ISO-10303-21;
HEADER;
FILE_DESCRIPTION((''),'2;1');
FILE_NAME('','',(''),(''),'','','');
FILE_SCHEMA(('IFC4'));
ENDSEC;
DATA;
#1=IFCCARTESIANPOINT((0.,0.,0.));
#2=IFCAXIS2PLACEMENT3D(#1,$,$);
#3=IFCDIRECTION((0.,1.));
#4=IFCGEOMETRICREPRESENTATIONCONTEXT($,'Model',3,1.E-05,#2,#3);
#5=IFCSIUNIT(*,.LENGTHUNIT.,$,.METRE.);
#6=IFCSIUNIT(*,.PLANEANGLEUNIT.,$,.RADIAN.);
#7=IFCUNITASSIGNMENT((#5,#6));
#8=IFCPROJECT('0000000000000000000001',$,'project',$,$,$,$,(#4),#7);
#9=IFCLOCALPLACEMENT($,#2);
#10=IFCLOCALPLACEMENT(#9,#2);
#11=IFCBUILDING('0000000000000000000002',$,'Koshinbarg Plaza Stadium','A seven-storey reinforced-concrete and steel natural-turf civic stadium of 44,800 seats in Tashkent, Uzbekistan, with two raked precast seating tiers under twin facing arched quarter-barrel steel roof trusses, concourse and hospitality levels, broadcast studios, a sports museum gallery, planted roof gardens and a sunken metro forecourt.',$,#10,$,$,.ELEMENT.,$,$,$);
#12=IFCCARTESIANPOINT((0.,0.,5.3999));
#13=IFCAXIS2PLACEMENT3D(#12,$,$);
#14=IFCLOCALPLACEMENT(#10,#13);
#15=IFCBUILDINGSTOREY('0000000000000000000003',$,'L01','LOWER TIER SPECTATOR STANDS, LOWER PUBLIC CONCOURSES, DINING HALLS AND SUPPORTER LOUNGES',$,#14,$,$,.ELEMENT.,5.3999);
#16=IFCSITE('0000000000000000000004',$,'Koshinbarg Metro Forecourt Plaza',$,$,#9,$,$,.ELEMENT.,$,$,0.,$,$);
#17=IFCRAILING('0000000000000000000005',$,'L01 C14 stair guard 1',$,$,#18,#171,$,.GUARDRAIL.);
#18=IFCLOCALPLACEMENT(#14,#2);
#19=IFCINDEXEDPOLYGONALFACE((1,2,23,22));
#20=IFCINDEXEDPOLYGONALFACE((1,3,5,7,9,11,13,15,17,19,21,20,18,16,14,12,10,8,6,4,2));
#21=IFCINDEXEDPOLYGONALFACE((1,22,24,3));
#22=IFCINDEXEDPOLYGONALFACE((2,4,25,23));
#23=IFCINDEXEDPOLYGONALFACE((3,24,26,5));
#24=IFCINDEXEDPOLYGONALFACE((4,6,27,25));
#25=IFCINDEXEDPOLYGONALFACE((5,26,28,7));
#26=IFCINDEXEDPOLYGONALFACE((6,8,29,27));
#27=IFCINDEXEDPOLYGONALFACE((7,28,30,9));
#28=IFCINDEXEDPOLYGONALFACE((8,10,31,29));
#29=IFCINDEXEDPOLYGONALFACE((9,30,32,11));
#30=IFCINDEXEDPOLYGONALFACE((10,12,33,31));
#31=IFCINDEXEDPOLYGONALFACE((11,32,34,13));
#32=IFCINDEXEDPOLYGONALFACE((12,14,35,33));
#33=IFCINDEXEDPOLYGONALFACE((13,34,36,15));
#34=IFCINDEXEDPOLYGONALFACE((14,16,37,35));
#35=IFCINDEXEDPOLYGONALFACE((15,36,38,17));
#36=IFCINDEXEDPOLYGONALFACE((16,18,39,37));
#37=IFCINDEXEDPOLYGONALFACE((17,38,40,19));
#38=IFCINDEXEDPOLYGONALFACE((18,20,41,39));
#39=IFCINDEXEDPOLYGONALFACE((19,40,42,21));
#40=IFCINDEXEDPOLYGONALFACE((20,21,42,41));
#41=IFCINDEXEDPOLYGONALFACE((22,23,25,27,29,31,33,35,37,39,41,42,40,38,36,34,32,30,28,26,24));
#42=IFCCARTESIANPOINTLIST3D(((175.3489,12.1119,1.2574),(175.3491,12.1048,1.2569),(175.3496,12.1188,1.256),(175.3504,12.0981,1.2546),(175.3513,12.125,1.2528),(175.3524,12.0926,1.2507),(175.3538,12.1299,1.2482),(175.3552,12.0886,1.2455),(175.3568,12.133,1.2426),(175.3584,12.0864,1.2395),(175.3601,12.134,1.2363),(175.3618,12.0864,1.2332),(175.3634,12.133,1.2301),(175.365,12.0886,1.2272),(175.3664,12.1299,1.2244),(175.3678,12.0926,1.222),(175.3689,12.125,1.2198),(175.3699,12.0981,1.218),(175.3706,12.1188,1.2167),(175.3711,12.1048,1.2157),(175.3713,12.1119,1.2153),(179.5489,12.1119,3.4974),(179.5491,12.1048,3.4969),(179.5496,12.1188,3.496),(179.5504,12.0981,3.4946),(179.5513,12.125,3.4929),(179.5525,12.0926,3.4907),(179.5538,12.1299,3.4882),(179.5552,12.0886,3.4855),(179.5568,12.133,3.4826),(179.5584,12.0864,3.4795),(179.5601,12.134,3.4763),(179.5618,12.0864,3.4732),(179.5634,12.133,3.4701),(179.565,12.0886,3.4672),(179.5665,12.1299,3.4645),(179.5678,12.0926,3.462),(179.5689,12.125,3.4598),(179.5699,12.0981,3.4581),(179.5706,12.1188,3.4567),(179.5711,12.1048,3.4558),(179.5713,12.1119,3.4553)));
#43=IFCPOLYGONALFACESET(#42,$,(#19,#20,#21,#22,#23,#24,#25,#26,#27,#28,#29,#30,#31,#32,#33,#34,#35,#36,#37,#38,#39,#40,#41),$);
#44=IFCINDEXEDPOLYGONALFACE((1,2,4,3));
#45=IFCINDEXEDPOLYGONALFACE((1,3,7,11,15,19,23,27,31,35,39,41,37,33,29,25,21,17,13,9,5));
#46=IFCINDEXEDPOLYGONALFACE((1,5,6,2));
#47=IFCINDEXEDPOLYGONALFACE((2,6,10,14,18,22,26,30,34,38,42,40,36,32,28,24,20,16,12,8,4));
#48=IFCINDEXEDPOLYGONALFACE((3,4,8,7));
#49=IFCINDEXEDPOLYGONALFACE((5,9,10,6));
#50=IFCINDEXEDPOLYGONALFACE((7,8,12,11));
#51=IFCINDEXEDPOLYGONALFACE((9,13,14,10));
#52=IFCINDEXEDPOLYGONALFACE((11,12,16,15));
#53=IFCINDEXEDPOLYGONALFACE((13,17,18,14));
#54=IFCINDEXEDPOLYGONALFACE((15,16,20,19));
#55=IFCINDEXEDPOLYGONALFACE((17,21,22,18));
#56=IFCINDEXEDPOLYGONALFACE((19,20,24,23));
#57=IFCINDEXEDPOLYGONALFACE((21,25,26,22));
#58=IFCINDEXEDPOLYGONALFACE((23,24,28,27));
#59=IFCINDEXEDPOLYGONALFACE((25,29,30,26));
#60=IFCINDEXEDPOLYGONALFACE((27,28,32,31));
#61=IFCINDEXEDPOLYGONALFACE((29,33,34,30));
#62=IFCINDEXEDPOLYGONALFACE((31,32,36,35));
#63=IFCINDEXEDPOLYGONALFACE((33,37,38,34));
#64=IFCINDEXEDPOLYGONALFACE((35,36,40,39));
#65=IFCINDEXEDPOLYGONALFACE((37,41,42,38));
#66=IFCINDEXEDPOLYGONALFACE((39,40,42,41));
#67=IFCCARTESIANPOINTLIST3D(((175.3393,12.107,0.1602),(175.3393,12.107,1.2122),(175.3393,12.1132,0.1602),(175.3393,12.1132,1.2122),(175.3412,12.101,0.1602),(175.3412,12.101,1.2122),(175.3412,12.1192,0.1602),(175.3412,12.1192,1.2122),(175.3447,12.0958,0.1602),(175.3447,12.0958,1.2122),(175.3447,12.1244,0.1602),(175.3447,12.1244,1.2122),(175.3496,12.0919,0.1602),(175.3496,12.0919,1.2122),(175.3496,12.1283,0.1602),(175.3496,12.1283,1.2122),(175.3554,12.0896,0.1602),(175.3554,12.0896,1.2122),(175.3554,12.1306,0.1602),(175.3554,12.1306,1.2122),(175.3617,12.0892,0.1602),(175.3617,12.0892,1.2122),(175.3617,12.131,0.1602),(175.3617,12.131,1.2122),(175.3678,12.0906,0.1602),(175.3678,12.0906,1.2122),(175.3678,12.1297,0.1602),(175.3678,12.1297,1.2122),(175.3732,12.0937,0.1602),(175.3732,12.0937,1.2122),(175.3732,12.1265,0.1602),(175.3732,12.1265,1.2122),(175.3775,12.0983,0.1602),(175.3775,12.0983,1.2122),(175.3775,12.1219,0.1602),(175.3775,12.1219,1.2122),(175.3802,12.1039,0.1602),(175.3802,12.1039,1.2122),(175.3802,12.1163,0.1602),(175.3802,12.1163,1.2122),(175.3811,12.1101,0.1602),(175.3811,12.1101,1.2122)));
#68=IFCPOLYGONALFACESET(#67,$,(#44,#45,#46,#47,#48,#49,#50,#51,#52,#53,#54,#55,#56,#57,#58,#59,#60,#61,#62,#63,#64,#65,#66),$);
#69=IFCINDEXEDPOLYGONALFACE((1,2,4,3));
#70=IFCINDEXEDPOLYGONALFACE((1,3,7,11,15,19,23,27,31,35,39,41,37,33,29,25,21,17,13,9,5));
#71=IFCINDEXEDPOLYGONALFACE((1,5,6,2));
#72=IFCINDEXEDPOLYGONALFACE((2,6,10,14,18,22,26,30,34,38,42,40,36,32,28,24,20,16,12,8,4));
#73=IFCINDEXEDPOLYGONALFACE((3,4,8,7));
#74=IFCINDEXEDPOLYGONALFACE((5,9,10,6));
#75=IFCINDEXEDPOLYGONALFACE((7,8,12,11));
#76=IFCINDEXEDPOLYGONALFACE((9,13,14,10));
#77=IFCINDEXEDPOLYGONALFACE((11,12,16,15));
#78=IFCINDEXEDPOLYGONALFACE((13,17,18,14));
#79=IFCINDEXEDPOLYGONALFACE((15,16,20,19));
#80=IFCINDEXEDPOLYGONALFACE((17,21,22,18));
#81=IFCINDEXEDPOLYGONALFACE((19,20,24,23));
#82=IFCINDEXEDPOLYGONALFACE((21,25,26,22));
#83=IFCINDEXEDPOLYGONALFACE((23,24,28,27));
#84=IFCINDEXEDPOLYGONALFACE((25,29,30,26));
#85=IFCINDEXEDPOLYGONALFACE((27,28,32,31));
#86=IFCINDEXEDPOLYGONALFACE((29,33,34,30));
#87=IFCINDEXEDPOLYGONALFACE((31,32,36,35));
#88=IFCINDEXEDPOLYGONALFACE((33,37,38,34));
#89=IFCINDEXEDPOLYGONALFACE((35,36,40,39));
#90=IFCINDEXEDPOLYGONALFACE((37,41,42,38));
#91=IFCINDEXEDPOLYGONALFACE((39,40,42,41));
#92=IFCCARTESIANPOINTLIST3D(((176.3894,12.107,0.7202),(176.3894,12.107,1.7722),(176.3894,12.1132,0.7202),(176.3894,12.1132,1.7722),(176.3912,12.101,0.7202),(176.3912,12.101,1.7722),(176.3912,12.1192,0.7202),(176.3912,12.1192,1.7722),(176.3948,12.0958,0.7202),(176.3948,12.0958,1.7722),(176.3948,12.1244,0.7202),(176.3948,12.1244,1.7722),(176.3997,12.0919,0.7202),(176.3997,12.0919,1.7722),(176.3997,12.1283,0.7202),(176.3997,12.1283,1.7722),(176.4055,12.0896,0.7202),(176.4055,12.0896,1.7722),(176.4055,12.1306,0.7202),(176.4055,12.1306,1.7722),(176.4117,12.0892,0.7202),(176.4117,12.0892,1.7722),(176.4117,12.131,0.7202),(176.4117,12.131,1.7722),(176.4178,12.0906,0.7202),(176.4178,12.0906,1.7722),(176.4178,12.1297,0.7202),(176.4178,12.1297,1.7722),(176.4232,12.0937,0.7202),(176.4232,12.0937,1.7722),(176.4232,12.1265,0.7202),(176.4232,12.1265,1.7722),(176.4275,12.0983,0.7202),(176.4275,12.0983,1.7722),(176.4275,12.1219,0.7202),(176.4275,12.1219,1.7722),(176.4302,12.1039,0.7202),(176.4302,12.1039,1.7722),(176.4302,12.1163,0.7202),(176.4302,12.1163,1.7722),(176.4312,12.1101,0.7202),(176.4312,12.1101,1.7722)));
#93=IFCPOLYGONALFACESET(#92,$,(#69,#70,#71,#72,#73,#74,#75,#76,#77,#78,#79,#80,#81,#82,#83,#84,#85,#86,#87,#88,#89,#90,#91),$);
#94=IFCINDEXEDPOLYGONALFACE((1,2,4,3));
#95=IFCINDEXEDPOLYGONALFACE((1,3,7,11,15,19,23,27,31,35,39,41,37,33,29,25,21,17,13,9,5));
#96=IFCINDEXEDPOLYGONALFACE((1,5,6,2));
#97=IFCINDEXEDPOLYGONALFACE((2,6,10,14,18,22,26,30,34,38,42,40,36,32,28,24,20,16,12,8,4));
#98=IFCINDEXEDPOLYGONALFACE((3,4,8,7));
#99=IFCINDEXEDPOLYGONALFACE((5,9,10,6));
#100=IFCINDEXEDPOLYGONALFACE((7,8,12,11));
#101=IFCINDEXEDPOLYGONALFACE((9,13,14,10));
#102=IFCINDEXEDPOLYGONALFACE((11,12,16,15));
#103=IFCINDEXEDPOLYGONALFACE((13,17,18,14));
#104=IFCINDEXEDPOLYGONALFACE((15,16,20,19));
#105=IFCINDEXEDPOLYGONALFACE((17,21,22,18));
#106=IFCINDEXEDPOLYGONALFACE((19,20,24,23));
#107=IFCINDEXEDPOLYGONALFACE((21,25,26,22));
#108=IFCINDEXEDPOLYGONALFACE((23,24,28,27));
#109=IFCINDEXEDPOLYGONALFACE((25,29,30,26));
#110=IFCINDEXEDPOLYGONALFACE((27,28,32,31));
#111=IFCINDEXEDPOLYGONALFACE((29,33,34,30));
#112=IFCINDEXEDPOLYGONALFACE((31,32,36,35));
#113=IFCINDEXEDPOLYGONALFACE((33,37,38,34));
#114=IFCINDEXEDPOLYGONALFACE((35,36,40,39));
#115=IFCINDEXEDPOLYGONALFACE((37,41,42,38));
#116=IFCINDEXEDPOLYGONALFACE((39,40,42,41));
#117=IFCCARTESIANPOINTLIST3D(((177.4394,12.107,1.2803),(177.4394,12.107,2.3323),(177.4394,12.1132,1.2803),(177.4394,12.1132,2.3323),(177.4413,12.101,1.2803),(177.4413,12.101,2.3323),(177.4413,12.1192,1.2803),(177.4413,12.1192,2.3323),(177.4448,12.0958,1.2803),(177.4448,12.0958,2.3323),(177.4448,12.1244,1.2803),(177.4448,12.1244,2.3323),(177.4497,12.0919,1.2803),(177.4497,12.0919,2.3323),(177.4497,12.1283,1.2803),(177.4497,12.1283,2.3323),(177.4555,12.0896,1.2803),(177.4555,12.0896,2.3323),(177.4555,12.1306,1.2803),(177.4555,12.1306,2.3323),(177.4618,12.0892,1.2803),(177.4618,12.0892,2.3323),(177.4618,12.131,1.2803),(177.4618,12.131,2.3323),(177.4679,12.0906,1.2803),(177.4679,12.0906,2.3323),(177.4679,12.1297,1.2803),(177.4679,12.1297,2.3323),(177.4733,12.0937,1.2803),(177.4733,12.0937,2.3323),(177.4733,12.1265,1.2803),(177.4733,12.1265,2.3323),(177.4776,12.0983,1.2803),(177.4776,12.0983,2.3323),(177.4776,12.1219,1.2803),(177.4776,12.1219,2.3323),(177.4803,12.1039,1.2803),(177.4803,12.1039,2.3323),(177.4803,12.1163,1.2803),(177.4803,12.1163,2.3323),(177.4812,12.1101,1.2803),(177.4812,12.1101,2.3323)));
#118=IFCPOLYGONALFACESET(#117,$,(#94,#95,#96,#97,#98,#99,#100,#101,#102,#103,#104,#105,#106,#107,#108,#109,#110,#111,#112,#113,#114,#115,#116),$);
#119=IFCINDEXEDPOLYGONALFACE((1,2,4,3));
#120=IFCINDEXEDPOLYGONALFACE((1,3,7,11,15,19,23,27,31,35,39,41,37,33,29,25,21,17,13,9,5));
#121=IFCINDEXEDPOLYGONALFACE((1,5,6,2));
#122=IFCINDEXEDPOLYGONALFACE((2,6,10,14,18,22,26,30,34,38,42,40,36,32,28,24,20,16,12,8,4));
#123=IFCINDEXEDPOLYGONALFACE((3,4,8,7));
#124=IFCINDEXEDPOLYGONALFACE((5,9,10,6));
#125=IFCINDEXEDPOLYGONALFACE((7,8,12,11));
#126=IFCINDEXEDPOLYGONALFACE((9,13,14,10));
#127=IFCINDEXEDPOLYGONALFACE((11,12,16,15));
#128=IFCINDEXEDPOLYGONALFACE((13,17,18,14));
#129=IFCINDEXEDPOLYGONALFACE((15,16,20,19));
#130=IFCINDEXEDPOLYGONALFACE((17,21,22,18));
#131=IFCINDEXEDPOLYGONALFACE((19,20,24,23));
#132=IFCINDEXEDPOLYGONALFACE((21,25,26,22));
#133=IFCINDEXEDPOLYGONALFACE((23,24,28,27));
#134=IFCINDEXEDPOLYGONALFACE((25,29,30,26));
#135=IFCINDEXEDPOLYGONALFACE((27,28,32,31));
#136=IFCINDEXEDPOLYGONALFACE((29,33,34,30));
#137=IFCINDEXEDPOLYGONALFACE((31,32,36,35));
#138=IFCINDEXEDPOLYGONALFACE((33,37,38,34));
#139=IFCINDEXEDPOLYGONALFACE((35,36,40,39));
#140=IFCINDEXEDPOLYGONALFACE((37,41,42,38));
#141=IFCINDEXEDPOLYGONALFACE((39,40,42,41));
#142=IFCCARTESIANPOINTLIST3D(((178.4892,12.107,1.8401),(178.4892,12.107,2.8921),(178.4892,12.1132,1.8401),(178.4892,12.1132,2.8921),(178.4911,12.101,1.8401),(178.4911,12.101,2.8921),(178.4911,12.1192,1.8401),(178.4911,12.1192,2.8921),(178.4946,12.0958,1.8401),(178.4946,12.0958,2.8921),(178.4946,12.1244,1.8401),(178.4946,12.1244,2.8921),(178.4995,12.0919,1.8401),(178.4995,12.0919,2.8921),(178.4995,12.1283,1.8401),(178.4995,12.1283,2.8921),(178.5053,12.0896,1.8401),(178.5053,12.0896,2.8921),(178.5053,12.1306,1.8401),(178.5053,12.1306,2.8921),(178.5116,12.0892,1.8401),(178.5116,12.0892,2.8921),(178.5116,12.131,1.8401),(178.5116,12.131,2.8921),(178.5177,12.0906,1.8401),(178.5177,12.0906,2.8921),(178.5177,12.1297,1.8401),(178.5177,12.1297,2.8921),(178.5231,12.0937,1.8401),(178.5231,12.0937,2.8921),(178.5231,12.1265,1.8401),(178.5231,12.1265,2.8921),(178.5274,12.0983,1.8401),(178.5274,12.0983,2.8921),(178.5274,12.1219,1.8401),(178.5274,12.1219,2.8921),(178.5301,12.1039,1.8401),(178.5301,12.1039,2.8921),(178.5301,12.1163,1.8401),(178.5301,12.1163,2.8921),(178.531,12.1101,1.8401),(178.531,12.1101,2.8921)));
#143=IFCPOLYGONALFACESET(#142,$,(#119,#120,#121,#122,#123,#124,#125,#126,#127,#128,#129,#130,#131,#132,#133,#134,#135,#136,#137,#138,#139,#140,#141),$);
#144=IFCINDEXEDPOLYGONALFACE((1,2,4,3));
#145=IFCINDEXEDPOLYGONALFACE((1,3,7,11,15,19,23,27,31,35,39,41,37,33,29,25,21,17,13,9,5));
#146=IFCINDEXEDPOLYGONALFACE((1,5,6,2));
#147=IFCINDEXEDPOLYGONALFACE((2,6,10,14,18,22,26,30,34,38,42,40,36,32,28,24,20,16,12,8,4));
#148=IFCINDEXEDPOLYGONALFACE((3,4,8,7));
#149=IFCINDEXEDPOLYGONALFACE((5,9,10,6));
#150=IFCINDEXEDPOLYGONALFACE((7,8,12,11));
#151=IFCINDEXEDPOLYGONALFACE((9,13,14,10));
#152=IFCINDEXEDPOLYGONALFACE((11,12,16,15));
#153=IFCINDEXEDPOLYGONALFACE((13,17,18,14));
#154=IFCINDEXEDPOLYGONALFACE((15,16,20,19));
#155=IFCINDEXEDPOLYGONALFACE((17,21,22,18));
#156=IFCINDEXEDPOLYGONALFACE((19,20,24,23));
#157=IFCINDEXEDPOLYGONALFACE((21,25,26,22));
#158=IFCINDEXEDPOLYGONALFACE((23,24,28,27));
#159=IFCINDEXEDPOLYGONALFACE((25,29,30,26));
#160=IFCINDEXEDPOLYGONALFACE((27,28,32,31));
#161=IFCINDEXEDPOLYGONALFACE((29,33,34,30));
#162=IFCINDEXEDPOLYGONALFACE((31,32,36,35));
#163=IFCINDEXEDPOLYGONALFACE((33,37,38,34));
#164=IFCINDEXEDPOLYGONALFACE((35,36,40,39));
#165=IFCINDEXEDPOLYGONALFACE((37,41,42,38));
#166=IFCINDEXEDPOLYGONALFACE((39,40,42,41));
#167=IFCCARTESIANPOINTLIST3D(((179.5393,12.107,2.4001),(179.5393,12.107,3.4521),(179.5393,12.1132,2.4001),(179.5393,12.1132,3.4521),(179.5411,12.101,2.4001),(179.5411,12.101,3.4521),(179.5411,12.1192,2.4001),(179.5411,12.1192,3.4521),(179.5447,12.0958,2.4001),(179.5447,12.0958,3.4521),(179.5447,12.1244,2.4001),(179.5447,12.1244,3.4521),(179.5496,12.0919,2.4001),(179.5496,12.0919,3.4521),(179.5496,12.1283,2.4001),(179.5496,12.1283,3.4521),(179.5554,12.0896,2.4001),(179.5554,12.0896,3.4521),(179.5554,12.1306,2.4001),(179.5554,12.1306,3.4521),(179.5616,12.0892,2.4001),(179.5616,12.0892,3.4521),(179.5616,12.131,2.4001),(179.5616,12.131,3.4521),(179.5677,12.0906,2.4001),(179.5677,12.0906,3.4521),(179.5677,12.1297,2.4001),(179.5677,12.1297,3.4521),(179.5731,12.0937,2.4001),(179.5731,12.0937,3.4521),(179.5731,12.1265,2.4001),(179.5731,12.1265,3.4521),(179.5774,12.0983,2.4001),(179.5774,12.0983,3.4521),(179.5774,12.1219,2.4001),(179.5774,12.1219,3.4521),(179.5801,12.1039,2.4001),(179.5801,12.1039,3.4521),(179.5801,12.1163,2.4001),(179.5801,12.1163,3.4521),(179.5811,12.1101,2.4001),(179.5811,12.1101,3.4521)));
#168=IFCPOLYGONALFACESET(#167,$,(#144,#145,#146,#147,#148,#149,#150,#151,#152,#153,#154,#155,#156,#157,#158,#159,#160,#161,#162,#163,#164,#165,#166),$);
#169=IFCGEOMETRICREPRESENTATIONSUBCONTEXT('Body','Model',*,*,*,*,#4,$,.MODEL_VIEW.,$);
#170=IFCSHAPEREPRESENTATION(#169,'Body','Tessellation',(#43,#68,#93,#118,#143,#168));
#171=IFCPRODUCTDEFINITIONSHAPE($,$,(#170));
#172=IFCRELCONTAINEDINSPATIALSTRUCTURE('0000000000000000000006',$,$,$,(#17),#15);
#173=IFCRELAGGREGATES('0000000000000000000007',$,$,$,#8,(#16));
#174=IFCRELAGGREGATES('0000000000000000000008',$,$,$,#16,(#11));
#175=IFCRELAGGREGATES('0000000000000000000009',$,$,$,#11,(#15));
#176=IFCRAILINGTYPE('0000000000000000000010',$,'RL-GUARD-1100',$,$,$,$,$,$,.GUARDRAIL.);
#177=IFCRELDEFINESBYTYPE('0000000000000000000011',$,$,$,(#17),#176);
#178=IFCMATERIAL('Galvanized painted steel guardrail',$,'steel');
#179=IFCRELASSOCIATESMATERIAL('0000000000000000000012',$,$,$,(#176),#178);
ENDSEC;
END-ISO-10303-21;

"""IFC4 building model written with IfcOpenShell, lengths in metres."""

from ifc_helpers import new_model, si_unit, direction, frame, origin, origin_2d, place, context, subcontext, project, spatial, circle, extrude, material, type_object, element, save


model = new_model("IFC4")

# Units and contexts
model_context = context("Model", 3, precision=1e-05, world=origin(), true_north=direction((0.0, 1.0)))
body_context = subcontext(model_context, "Body", "Model", "MODEL_VIEW")
ifc_project = project(units=[si_unit("LENGTHUNIT", "METRE"), si_unit("PLANEANGLEUNIT", "RADIAN")], contexts=[model_context])

# Site, building, storey
site_placement = place(None, origin())
site = spatial("IfcSite", under=ifc_project, at=site_placement, Name="Koshinbarg Metro Forecourt Plaza", CompositionType="ELEMENT", RefElevation=0.0)
building_placement = place(site_placement, origin())
building = spatial("IfcBuilding", under=site, at=building_placement, Name="Koshinbarg Plaza Stadium", Description="A seven-storey reinforced-concrete and steel natural-turf civic stadium of 44,800 seats in Tashkent, Uzbekistan, with two raked precast seating tiers under twin facing arched quarter-barrel steel roof trusses, concourse and hospitality levels, broadcast studios, a sports museum gallery, planted roof gardens and a sunken metro forecourt.", CompositionType="ELEMENT")
storey_placement = place(building_placement, frame((0.0, 0.0, 5.3999)))
storey = spatial("IfcBuildingStorey", under=building, at=storey_placement, Name="L01", Description="LOWER TIER SPECTATOR STANDS, LOWER PUBLIC CONCOURSES, DINING HALLS AND SUPPORTER LOUNGES", CompositionType="ELEMENT", Elevation=5.3999)

# Railing
ifc_material_1 = material(Name="Galvanized painted steel guardrail", Category="steel")
railing_type_1 = type_object("IfcRailingType", Name="RL-GUARD-1100", PredefinedType="GUARDRAIL", material=ifc_material_1)
railing_1_placement = place(storey_placement, frame((175.3601, 12.1101, 0.1602)))
element("IfcRailing", 1, at=railing_1_placement, inside=storey, type_object=railing_type_1, Name="L01 C14 stair guard 1", PredefinedType="GUARDRAIL", context=body_context, shape_type="SweptSolid", body=[
    extrude(circle(Radius=0.0239, at=origin_2d()), frame((0.0, 0.0, 1.0762), z_axis=(0.882352, 0.0, 0.470591), x_axis=(0.0, 1.0, 0.0)), (0.0, 0.0, 1.0), 4.76),
    extrude(circle(Radius=0.021, at=origin_2d()), origin(), (0.0, 0.0, 1.0), 1.052),
    extrude(circle(Radius=0.021, at=origin_2d()), frame((1.05, 0.0, 0.5601)), (0.0, 0.0, 1.0), 1.052),
    extrude(circle(Radius=0.021, at=origin_2d()), frame((2.1001, 0.0, 1.1201)), (0.0, 0.0, 1.0), 1.052),
    extrude(circle(Radius=0.021, at=origin_2d()), frame((3.1499, 0.0, 1.6799)), (0.0, 0.0, 1.0), 1.052),
    extrude(circle(Radius=0.021, at=origin_2d()), frame((4.2, 0.0, 2.24)), (0.0, 0.0, 1.0), 1.052),
])

save(model, "model.ifc")
